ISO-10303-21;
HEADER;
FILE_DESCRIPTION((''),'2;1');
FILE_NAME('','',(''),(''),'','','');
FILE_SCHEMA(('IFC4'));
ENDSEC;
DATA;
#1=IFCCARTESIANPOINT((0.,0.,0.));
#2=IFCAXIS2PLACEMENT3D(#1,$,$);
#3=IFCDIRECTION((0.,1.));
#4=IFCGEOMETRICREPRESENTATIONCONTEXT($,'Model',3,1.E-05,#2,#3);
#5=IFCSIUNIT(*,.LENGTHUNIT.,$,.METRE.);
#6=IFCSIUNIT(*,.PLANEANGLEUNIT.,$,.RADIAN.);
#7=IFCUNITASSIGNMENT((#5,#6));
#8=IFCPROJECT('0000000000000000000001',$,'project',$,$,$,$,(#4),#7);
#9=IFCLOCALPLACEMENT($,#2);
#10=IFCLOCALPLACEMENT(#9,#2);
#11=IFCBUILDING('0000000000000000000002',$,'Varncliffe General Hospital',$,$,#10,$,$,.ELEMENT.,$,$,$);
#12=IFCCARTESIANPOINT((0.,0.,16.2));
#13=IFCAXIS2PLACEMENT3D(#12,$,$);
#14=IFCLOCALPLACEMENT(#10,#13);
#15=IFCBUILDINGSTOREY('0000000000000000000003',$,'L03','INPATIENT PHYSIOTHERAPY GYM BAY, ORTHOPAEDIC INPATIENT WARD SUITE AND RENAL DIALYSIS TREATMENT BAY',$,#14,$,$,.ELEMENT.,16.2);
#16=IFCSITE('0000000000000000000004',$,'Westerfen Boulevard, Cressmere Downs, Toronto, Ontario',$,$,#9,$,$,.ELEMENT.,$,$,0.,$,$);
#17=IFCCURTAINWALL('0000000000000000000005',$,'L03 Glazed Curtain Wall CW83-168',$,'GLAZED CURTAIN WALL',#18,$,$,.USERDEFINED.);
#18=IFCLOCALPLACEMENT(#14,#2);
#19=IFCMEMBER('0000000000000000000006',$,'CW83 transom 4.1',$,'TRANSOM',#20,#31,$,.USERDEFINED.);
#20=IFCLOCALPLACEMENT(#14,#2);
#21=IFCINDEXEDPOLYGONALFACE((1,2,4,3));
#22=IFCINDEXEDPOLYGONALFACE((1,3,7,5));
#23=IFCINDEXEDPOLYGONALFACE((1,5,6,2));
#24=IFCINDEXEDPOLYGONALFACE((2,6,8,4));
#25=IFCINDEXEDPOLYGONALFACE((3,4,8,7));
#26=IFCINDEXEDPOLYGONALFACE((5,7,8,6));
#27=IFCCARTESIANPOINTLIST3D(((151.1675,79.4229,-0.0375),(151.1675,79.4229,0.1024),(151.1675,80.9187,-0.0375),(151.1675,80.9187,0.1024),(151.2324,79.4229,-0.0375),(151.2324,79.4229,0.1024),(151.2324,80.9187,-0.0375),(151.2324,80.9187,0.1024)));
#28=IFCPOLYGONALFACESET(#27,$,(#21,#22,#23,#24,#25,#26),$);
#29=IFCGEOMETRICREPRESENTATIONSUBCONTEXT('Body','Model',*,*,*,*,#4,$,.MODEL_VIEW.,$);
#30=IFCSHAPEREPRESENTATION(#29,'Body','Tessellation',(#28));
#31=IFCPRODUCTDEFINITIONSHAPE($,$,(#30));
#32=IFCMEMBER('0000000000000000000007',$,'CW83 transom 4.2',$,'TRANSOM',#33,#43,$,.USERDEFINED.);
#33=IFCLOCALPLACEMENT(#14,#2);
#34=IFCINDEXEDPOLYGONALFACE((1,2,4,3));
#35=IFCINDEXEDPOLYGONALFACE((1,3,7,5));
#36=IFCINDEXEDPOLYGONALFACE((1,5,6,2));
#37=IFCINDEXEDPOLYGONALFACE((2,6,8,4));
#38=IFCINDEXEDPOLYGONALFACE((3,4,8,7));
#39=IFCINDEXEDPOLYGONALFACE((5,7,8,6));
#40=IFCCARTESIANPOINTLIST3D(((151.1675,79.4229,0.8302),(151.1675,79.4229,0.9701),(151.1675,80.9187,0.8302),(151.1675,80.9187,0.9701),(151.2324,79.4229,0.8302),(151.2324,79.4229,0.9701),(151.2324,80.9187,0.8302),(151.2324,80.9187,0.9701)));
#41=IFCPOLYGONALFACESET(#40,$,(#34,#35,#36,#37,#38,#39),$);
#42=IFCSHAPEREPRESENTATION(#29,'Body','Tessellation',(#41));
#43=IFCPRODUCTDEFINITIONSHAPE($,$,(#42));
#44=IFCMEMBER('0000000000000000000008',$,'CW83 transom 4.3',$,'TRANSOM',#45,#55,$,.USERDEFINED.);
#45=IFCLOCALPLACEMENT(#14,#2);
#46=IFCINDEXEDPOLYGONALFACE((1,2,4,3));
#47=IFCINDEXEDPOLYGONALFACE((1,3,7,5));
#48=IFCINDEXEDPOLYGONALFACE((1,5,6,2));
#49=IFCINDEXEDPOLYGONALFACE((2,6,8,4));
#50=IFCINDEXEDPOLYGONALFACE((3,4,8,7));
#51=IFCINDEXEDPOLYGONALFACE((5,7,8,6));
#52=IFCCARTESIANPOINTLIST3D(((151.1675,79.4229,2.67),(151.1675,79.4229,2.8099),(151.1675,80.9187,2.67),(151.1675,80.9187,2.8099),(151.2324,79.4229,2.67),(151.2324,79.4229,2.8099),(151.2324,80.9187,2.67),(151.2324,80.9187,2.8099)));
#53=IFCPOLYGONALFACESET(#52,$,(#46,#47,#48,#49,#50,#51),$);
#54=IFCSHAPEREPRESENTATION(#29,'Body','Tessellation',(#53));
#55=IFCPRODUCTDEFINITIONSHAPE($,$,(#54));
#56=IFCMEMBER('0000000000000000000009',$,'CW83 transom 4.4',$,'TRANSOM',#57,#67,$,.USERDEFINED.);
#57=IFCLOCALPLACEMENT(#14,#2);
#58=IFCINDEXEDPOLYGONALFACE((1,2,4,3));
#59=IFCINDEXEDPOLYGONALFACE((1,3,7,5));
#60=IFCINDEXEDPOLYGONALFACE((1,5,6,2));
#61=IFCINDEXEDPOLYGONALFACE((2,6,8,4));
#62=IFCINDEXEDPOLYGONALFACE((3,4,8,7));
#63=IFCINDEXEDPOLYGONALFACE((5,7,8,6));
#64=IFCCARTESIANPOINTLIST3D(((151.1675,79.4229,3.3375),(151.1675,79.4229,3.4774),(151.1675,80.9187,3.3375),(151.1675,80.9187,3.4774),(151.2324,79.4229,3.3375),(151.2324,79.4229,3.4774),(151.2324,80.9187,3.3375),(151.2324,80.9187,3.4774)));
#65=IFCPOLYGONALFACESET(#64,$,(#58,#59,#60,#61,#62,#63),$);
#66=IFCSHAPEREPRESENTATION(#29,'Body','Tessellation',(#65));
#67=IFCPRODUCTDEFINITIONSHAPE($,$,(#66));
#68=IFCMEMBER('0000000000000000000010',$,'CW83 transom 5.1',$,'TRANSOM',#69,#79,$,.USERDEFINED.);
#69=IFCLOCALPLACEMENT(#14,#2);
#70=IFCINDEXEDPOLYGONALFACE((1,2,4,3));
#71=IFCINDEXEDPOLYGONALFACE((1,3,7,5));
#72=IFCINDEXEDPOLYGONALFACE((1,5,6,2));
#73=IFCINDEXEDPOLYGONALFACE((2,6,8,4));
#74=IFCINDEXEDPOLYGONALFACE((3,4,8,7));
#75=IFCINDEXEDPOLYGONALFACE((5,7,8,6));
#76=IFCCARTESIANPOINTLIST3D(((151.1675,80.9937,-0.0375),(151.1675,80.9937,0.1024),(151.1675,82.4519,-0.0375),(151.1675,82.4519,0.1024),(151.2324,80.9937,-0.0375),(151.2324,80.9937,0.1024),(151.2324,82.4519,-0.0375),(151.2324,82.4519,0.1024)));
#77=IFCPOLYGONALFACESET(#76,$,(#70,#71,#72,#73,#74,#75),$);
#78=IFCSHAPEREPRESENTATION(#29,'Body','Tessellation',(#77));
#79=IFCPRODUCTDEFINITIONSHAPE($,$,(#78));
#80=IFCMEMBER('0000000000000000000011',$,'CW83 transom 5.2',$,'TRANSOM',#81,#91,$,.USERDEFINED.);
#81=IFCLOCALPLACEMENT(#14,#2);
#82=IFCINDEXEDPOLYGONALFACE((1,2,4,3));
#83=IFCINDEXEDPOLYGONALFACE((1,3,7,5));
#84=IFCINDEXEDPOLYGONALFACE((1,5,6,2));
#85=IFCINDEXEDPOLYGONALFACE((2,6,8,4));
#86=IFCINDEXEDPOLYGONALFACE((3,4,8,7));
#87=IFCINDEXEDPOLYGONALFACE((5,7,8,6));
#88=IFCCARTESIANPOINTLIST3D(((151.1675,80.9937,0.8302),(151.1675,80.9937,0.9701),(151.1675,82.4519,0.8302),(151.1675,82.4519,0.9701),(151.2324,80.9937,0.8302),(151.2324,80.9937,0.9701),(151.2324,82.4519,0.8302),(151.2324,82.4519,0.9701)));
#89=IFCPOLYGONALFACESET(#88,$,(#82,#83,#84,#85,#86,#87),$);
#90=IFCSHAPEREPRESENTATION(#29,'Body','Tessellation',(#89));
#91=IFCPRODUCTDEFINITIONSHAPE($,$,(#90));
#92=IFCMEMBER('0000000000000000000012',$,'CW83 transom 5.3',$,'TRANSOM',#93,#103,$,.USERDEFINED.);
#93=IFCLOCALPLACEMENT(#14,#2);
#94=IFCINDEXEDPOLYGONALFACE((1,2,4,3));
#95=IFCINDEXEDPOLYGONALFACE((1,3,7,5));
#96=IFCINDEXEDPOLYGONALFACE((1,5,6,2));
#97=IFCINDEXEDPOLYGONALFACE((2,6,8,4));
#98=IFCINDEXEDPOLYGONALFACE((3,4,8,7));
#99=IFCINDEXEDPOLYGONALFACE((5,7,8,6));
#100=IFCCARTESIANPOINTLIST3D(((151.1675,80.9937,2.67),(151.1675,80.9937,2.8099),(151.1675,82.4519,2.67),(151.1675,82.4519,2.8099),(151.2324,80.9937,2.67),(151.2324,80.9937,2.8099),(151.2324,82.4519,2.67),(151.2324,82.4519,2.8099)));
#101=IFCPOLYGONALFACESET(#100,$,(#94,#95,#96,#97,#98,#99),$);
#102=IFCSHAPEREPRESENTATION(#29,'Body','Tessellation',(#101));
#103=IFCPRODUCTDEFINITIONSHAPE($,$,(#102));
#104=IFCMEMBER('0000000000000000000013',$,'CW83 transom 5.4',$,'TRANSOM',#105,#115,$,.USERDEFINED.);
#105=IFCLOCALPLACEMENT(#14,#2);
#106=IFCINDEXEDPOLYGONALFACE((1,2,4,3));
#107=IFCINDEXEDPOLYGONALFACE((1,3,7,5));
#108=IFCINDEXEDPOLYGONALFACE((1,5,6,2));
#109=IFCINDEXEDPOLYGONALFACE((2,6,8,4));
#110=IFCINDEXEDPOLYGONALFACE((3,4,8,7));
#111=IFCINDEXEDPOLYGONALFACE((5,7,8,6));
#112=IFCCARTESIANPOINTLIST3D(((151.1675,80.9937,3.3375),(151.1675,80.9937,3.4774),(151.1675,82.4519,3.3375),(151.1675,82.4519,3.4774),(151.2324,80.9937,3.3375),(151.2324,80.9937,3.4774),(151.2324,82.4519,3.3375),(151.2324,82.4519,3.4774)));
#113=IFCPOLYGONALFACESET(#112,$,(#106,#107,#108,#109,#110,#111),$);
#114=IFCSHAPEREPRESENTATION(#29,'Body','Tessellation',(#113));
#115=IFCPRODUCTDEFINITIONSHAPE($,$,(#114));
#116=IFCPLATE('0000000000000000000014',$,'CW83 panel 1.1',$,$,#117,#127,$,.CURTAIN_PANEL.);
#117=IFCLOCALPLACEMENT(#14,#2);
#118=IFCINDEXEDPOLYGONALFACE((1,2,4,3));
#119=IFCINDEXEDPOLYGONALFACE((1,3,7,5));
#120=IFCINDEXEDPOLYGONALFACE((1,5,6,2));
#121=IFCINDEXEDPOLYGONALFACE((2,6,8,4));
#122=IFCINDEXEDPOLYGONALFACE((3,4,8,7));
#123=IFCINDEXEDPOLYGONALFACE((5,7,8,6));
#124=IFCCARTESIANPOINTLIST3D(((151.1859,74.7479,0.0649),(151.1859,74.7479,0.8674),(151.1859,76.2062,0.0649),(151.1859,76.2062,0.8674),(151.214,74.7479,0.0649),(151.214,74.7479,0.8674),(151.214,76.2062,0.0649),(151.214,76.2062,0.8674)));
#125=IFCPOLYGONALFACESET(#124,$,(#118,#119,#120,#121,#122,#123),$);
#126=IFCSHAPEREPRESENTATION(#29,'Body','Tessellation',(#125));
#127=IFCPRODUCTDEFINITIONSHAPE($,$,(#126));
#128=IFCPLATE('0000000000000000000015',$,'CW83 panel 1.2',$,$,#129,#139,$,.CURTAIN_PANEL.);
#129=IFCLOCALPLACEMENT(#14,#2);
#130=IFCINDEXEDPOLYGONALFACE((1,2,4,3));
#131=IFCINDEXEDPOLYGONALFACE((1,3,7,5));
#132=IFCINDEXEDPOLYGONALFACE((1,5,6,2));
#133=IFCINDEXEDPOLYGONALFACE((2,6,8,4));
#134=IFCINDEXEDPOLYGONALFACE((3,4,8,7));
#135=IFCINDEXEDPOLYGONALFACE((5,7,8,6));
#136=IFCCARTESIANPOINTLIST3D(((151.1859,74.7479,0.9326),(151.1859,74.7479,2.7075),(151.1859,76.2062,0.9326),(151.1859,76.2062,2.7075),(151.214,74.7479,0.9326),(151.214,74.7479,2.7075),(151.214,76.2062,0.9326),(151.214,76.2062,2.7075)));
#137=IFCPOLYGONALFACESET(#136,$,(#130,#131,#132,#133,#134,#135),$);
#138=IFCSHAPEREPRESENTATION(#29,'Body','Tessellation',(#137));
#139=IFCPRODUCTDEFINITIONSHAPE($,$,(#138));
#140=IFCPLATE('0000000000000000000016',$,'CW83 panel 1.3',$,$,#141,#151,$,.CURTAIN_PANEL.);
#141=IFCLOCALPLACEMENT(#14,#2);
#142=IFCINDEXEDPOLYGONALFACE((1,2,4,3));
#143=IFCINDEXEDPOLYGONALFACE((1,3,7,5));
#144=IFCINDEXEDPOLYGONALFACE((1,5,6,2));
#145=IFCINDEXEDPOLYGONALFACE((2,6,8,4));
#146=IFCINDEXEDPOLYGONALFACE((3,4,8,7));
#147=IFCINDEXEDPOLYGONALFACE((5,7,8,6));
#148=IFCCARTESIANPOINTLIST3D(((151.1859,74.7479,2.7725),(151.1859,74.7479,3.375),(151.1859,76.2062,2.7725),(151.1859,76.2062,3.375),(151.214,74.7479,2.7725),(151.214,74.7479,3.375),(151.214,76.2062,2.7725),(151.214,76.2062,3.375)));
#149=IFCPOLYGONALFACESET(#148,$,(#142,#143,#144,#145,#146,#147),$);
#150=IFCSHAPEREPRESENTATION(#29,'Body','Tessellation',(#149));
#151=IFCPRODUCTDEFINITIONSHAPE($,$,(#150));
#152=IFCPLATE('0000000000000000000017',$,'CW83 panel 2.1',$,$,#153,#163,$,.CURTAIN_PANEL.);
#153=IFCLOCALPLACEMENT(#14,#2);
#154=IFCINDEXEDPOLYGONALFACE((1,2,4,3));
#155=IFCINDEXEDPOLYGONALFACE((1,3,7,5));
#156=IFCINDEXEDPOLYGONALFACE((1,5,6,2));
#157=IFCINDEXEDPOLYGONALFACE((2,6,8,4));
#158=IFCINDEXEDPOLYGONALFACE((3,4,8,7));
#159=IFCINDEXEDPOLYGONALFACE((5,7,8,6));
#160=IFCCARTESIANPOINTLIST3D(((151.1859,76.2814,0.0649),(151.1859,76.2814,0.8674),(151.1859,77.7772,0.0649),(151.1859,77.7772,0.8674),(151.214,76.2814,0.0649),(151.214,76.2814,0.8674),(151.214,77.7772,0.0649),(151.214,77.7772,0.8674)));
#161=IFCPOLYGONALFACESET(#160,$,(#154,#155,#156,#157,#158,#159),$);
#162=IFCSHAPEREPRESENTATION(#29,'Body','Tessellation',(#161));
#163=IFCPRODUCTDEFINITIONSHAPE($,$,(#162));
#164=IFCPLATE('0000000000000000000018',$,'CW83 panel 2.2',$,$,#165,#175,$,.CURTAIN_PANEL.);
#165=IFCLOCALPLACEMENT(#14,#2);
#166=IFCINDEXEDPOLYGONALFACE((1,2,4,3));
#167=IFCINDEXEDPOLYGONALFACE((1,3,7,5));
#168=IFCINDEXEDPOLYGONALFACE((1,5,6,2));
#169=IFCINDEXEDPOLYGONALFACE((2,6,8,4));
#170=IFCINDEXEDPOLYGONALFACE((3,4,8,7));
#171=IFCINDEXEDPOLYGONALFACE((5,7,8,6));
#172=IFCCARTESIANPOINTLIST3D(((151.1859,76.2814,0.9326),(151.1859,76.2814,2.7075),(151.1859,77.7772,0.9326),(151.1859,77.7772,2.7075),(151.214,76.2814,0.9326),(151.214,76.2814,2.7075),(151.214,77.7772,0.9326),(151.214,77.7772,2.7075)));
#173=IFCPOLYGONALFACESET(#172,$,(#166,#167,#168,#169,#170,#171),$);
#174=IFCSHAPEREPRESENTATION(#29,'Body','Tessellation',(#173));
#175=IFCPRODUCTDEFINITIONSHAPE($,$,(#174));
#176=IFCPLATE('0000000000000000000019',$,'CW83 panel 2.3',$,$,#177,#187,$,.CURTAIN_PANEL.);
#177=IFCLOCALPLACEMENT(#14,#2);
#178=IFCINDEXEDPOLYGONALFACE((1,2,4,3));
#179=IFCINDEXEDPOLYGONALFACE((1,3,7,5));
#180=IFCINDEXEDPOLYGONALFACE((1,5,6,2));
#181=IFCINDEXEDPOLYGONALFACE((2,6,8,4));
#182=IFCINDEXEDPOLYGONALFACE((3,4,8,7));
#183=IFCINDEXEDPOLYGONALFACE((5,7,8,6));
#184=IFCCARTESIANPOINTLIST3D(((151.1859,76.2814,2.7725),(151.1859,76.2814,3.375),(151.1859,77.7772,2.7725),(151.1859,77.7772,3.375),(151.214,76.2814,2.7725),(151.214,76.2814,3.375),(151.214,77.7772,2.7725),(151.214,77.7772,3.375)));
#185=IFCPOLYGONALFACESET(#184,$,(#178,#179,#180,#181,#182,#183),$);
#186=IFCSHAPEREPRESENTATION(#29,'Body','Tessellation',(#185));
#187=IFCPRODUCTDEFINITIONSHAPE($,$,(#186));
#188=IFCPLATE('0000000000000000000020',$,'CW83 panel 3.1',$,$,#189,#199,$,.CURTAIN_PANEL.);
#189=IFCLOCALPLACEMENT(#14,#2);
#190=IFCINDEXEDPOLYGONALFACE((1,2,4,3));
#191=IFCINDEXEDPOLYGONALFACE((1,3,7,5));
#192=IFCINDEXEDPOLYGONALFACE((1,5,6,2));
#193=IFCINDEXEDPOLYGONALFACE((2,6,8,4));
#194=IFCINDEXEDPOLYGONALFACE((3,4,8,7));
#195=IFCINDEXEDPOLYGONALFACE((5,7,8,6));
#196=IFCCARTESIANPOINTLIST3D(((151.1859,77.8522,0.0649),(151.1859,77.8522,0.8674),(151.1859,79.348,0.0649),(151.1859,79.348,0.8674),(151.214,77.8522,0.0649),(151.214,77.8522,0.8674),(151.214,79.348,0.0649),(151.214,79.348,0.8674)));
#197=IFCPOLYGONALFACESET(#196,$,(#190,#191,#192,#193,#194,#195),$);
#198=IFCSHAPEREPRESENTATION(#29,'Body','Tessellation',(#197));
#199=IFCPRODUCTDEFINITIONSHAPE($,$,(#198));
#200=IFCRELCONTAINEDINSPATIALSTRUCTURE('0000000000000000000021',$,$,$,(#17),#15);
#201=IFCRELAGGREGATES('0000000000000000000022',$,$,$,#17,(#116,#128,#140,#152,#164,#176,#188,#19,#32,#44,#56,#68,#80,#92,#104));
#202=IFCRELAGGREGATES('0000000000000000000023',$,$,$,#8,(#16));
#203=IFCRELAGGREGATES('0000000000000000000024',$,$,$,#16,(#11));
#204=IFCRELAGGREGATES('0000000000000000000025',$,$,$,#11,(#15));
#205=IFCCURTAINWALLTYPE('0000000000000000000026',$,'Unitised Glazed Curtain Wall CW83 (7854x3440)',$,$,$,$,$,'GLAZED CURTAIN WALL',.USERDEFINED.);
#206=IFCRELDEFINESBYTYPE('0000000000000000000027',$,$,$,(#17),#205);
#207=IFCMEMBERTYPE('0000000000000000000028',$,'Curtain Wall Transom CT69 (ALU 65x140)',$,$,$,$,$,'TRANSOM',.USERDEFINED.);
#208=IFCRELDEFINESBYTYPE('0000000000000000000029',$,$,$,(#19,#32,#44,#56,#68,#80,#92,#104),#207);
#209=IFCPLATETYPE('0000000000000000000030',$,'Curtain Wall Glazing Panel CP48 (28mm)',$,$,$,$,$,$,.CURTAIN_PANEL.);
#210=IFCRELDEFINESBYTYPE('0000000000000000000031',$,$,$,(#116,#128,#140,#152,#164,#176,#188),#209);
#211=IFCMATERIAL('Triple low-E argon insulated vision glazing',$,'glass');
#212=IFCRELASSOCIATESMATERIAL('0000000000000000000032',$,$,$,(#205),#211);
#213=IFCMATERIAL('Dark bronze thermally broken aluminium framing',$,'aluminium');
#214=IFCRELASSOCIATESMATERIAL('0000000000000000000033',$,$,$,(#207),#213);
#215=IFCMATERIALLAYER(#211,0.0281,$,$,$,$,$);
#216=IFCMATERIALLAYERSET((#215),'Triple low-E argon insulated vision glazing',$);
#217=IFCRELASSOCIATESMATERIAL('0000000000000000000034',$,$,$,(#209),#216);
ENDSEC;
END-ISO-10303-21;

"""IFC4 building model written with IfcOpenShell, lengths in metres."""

from ifc_helpers import new_model, si_unit, direction, frame, origin, origin_2d, place, context, subcontext, project, spatial, rectangle, extrude, material, layer, layer_set, material_profile, profile_set, type_object, element, aggregate, save


model = new_model("IFC4")

# Units and contexts
model_context = context("Model", 3, precision=1e-05, world=origin(), true_north=direction((0.0, 1.0)))
body_context = subcontext(model_context, "Body", "Model", "MODEL_VIEW")
ifc_project = project(units=[si_unit("LENGTHUNIT", "METRE"), si_unit("PLANEANGLEUNIT", "RADIAN")], contexts=[model_context])

# Site, building, storey
site_placement = place(None, origin())
site = spatial("IfcSite", under=ifc_project, at=site_placement, Name="Westerfen Boulevard, Cressmere Downs, Toronto, Ontario", CompositionType="ELEMENT", RefElevation=0.0)
building_placement = place(site_placement, origin())
building = spatial("IfcBuilding", under=site, at=building_placement, Name="Varncliffe General Hospital", CompositionType="ELEMENT")
storey_placement = place(building_placement, frame((0.0, 0.0, 16.2)))
storey = spatial("IfcBuildingStorey", under=building, at=storey_placement, Name="L03", Description="INPATIENT PHYSIOTHERAPY GYM BAY, ORTHOPAEDIC INPATIENT WARD SUITE AND RENAL DIALYSIS TREATMENT BAY", CompositionType="ELEMENT", Elevation=16.2)

# Curtain wall, members, plates
ifc_material_1 = material(Name="Triple low-E argon insulated vision glazing", Category="glass")
curtain_wall_type = type_object("IfcCurtainWallType", Name="Unitised Glazed Curtain Wall CW83 (7854x3440)", ElementType="GLAZED CURTAIN WALL", PredefinedType="USERDEFINED", material=ifc_material_1)
curtain_wall_placement = place(storey_placement, origin())
curtain_wall = element("IfcCurtainWall", 1, at=curtain_wall_placement, inside=storey, type_object=curtain_wall_type, Name="L03 Glazed Curtain Wall CW83-168", ObjectType="GLAZED CURTAIN WALL", PredefinedType="USERDEFINED")
ifc_material_2 = material(Name="Dark bronze thermally broken aluminium framing", Category="aluminium")
ifc_material_profile_1 = material_profile(ifc_material_2, rectangle(XDim=0.0649, YDim=0.1399, at=origin_2d()), Name="ALU 65x140")
ifc_profile_set_1 = profile_set([ifc_material_profile_1], Name="Dark bronze thermally broken aluminium framing")
member_type_1 = type_object("IfcMemberType", Name="Curtain Wall Transom CT69 (ALU 65x140)", ElementType="TRANSOM", PredefinedType="USERDEFINED", material=ifc_profile_set_1)
member_1_placement = place(storey_placement, frame((151.2, 79.4229, 0.0325), z_axis=(0.0, 1.0, 0.0), x_axis=(-1.0, 0.0, 0.0)))
member_1 = element("IfcMember", 2, at=member_1_placement, type_object=member_type_1, Name="CW83 transom 4.1", ObjectType="TRANSOM", PredefinedType="USERDEFINED", context=body_context, shape_type="SweptSolid", body=[
    extrude(rectangle(XDim=0.0649, YDim=0.1399, at=origin_2d()), origin(), (0.0, 0.0, 1.0), 1.4958),
])
member_2_placement = place(storey_placement, frame((151.2, 79.4229, 0.9001), z_axis=(0.0, 1.0, 0.0), x_axis=(-1.0, 0.0, 0.0)))
member_2 = element("IfcMember", 3, at=member_2_placement, type_object=member_type_1, Name="CW83 transom 4.2", ObjectType="TRANSOM", PredefinedType="USERDEFINED", context=body_context, shape_type="SweptSolid", body=[
    extrude(rectangle(XDim=0.0649, YDim=0.1399, at=origin_2d()), origin(), (0.0, 0.0, 1.0), 1.4958),
])
member_3_placement = place(storey_placement, frame((151.2, 79.4229, 2.74), z_axis=(0.0, 1.0, 0.0), x_axis=(-1.0, 0.0, 0.0)))
member_3 = element("IfcMember", 4, at=member_3_placement, type_object=member_type_1, Name="CW83 transom 4.3", ObjectType="TRANSOM", PredefinedType="USERDEFINED", context=body_context, shape_type="SweptSolid", body=[
    extrude(rectangle(XDim=0.0649, YDim=0.1399, at=origin_2d()), origin(), (0.0, 0.0, 1.0), 1.4958),
])
member_4_placement = place(storey_placement, frame((151.2, 79.4229, 3.4075), z_axis=(0.0, 1.0, 0.0), x_axis=(-1.0, 0.0, 0.0)))
member_4 = element("IfcMember", 5, at=member_4_placement, type_object=member_type_1, Name="CW83 transom 4.4", ObjectType="TRANSOM", PredefinedType="USERDEFINED", context=body_context, shape_type="SweptSolid", body=[
    extrude(rectangle(XDim=0.0649, YDim=0.1399, at=origin_2d()), origin(), (0.0, 0.0, 1.0), 1.4958),
])
member_5_placement = place(storey_placement, frame((151.2, 80.9937, 0.0325), z_axis=(0.0, 1.0, 0.0), x_axis=(-1.0, 0.0, 0.0)))
member_5 = element("IfcMember", 6, at=member_5_placement, type_object=member_type_1, Name="CW83 transom 5.1", ObjectType="TRANSOM", PredefinedType="USERDEFINED", context=body_context, shape_type="SweptSolid", body=[
    extrude(rectangle(XDim=0.0649, YDim=0.1399, at=origin_2d()), origin(), (0.0, 0.0, 1.0), 1.4583),
])
member_6_placement = place(storey_placement, frame((151.2, 80.9937, 0.9001), z_axis=(0.0, 1.0, 0.0), x_axis=(-1.0, 0.0, 0.0)))
member_6 = element("IfcMember", 7, at=member_6_placement, type_object=member_type_1, Name="CW83 transom 5.2", ObjectType="TRANSOM", PredefinedType="USERDEFINED", context=body_context, shape_type="SweptSolid", body=[
    extrude(rectangle(XDim=0.0649, YDim=0.1399, at=origin_2d()), origin(), (0.0, 0.0, 1.0), 1.4583),
])
member_7_placement = place(storey_placement, frame((151.2, 80.9937, 2.74), z_axis=(0.0, 1.0, 0.0), x_axis=(-1.0, 0.0, 0.0)))
member_7 = element("IfcMember", 8, at=member_7_placement, type_object=member_type_1, Name="CW83 transom 5.3", ObjectType="TRANSOM", PredefinedType="USERDEFINED", context=body_context, shape_type="SweptSolid", body=[
    extrude(rectangle(XDim=0.0649, YDim=0.1399, at=origin_2d()), origin(), (0.0, 0.0, 1.0), 1.4583),
])
member_8_placement = place(storey_placement, frame((151.2, 80.9937, 3.4075), z_axis=(0.0, 1.0, 0.0), x_axis=(-1.0, 0.0, 0.0)))
member_8 = element("IfcMember", 9, at=member_8_placement, type_object=member_type_1, Name="CW83 transom 5.4", ObjectType="TRANSOM", PredefinedType="USERDEFINED", context=body_context, shape_type="SweptSolid", body=[
    extrude(rectangle(XDim=0.0649, YDim=0.1399, at=origin_2d()), origin(), (0.0, 0.0, 1.0), 1.4583),
])
ifc_layer = layer(ifc_material_1, 0.0281)
ifc_layer_set = layer_set([ifc_layer], Name="Triple low-E argon insulated vision glazing")
plate_type = type_object("IfcPlateType", Name="Curtain Wall Glazing Panel CP48 (28mm)", PredefinedType="CURTAIN_PANEL", material=ifc_layer_set)
plate_1_placement = place(storey_placement, frame((151.2, 75.4771, 0.0649), z_axis=(0.0, 0.0, 1.0), x_axis=(0.0, 1.0, 0.0)))
plate_1 = element("IfcPlate", 10, at=plate_1_placement, type_object=plate_type, Name="CW83 panel 1.1", PredefinedType="CURTAIN_PANEL", context=body_context, shape_type="SweptSolid", body=[
    extrude(rectangle(XDim=1.4583, YDim=0.0281, at=origin_2d()), origin(), (0.0, 0.0, 1.0), 0.8025),
])
plate_2_placement = place(storey_placement, frame((151.2, 75.4771, 0.9326), z_axis=(0.0, 0.0, 1.0), x_axis=(0.0, 1.0, 0.0)))
plate_2 = element("IfcPlate", 11, at=plate_2_placement, type_object=plate_type, Name="CW83 panel 1.2", PredefinedType="CURTAIN_PANEL", context=body_context, shape_type="SweptSolid", body=[
    extrude(rectangle(XDim=1.4583, YDim=0.0281, at=origin_2d()), origin(), (0.0, 0.0, 1.0), 1.7749),
])
plate_3_placement = place(storey_placement, frame((151.2, 75.4771, 2.7725), z_axis=(0.0, 0.0, 1.0), x_axis=(0.0, 1.0, 0.0)))
plate_3 = element("IfcPlate", 12, at=plate_3_placement, type_object=plate_type, Name="CW83 panel 1.3", PredefinedType="CURTAIN_PANEL", context=body_context, shape_type="SweptSolid", body=[
    extrude(rectangle(XDim=1.4583, YDim=0.0281, at=origin_2d()), origin(), (0.0, 0.0, 1.0), 0.6025),
])
plate_4_placement = place(storey_placement, frame((151.2, 77.0293, 0.0649), z_axis=(0.0, 0.0, 1.0), x_axis=(0.0, 1.0, 0.0)))
plate_4 = element("IfcPlate", 13, at=plate_4_placement, type_object=plate_type, Name="CW83 panel 2.1", PredefinedType="CURTAIN_PANEL", context=body_context, shape_type="SweptSolid", body=[
    extrude(rectangle(XDim=1.4958, YDim=0.0281, at=origin_2d()), origin(), (0.0, 0.0, 1.0), 0.8025),
])
plate_5_placement = place(storey_placement, frame((151.2, 77.0293, 0.9326), z_axis=(0.0, 0.0, 1.0), x_axis=(0.0, 1.0, 0.0)))
plate_5 = element("IfcPlate", 14, at=plate_5_placement, type_object=plate_type, Name="CW83 panel 2.2", PredefinedType="CURTAIN_PANEL", context=body_context, shape_type="SweptSolid", body=[
    extrude(rectangle(XDim=1.4958, YDim=0.0281, at=origin_2d()), origin(), (0.0, 0.0, 1.0), 1.7749),
])
plate_6_placement = place(storey_placement, frame((151.2, 77.0293, 2.7725), z_axis=(0.0, 0.0, 1.0), x_axis=(0.0, 1.0, 0.0)))
plate_6 = element("IfcPlate", 15, at=plate_6_placement, type_object=plate_type, Name="CW83 panel 2.3", PredefinedType="CURTAIN_PANEL", context=body_context, shape_type="SweptSolid", body=[
    extrude(rectangle(XDim=1.4958, YDim=0.0281, at=origin_2d()), origin(), (0.0, 0.0, 1.0), 0.6025),
])
plate_7_placement = place(storey_placement, frame((151.2, 78.6001, 0.0649), z_axis=(0.0, 0.0, 1.0), x_axis=(0.0, 1.0, 0.0)))
plate_7 = element("IfcPlate", 16, at=plate_7_placement, type_object=plate_type, Name="CW83 panel 3.1", PredefinedType="CURTAIN_PANEL", context=body_context, shape_type="SweptSolid", body=[
    extrude(rectangle(XDim=1.4958, YDim=0.0281, at=origin_2d()), origin(), (0.0, 0.0, 1.0), 0.8025),
])
aggregate(curtain_wall, [plate_1, plate_2, plate_3, plate_4, plate_5, plate_6, plate_7, member_1, member_2, member_3, member_4, member_5, member_6, member_7, member_8])

save(model, "model.ifc")
